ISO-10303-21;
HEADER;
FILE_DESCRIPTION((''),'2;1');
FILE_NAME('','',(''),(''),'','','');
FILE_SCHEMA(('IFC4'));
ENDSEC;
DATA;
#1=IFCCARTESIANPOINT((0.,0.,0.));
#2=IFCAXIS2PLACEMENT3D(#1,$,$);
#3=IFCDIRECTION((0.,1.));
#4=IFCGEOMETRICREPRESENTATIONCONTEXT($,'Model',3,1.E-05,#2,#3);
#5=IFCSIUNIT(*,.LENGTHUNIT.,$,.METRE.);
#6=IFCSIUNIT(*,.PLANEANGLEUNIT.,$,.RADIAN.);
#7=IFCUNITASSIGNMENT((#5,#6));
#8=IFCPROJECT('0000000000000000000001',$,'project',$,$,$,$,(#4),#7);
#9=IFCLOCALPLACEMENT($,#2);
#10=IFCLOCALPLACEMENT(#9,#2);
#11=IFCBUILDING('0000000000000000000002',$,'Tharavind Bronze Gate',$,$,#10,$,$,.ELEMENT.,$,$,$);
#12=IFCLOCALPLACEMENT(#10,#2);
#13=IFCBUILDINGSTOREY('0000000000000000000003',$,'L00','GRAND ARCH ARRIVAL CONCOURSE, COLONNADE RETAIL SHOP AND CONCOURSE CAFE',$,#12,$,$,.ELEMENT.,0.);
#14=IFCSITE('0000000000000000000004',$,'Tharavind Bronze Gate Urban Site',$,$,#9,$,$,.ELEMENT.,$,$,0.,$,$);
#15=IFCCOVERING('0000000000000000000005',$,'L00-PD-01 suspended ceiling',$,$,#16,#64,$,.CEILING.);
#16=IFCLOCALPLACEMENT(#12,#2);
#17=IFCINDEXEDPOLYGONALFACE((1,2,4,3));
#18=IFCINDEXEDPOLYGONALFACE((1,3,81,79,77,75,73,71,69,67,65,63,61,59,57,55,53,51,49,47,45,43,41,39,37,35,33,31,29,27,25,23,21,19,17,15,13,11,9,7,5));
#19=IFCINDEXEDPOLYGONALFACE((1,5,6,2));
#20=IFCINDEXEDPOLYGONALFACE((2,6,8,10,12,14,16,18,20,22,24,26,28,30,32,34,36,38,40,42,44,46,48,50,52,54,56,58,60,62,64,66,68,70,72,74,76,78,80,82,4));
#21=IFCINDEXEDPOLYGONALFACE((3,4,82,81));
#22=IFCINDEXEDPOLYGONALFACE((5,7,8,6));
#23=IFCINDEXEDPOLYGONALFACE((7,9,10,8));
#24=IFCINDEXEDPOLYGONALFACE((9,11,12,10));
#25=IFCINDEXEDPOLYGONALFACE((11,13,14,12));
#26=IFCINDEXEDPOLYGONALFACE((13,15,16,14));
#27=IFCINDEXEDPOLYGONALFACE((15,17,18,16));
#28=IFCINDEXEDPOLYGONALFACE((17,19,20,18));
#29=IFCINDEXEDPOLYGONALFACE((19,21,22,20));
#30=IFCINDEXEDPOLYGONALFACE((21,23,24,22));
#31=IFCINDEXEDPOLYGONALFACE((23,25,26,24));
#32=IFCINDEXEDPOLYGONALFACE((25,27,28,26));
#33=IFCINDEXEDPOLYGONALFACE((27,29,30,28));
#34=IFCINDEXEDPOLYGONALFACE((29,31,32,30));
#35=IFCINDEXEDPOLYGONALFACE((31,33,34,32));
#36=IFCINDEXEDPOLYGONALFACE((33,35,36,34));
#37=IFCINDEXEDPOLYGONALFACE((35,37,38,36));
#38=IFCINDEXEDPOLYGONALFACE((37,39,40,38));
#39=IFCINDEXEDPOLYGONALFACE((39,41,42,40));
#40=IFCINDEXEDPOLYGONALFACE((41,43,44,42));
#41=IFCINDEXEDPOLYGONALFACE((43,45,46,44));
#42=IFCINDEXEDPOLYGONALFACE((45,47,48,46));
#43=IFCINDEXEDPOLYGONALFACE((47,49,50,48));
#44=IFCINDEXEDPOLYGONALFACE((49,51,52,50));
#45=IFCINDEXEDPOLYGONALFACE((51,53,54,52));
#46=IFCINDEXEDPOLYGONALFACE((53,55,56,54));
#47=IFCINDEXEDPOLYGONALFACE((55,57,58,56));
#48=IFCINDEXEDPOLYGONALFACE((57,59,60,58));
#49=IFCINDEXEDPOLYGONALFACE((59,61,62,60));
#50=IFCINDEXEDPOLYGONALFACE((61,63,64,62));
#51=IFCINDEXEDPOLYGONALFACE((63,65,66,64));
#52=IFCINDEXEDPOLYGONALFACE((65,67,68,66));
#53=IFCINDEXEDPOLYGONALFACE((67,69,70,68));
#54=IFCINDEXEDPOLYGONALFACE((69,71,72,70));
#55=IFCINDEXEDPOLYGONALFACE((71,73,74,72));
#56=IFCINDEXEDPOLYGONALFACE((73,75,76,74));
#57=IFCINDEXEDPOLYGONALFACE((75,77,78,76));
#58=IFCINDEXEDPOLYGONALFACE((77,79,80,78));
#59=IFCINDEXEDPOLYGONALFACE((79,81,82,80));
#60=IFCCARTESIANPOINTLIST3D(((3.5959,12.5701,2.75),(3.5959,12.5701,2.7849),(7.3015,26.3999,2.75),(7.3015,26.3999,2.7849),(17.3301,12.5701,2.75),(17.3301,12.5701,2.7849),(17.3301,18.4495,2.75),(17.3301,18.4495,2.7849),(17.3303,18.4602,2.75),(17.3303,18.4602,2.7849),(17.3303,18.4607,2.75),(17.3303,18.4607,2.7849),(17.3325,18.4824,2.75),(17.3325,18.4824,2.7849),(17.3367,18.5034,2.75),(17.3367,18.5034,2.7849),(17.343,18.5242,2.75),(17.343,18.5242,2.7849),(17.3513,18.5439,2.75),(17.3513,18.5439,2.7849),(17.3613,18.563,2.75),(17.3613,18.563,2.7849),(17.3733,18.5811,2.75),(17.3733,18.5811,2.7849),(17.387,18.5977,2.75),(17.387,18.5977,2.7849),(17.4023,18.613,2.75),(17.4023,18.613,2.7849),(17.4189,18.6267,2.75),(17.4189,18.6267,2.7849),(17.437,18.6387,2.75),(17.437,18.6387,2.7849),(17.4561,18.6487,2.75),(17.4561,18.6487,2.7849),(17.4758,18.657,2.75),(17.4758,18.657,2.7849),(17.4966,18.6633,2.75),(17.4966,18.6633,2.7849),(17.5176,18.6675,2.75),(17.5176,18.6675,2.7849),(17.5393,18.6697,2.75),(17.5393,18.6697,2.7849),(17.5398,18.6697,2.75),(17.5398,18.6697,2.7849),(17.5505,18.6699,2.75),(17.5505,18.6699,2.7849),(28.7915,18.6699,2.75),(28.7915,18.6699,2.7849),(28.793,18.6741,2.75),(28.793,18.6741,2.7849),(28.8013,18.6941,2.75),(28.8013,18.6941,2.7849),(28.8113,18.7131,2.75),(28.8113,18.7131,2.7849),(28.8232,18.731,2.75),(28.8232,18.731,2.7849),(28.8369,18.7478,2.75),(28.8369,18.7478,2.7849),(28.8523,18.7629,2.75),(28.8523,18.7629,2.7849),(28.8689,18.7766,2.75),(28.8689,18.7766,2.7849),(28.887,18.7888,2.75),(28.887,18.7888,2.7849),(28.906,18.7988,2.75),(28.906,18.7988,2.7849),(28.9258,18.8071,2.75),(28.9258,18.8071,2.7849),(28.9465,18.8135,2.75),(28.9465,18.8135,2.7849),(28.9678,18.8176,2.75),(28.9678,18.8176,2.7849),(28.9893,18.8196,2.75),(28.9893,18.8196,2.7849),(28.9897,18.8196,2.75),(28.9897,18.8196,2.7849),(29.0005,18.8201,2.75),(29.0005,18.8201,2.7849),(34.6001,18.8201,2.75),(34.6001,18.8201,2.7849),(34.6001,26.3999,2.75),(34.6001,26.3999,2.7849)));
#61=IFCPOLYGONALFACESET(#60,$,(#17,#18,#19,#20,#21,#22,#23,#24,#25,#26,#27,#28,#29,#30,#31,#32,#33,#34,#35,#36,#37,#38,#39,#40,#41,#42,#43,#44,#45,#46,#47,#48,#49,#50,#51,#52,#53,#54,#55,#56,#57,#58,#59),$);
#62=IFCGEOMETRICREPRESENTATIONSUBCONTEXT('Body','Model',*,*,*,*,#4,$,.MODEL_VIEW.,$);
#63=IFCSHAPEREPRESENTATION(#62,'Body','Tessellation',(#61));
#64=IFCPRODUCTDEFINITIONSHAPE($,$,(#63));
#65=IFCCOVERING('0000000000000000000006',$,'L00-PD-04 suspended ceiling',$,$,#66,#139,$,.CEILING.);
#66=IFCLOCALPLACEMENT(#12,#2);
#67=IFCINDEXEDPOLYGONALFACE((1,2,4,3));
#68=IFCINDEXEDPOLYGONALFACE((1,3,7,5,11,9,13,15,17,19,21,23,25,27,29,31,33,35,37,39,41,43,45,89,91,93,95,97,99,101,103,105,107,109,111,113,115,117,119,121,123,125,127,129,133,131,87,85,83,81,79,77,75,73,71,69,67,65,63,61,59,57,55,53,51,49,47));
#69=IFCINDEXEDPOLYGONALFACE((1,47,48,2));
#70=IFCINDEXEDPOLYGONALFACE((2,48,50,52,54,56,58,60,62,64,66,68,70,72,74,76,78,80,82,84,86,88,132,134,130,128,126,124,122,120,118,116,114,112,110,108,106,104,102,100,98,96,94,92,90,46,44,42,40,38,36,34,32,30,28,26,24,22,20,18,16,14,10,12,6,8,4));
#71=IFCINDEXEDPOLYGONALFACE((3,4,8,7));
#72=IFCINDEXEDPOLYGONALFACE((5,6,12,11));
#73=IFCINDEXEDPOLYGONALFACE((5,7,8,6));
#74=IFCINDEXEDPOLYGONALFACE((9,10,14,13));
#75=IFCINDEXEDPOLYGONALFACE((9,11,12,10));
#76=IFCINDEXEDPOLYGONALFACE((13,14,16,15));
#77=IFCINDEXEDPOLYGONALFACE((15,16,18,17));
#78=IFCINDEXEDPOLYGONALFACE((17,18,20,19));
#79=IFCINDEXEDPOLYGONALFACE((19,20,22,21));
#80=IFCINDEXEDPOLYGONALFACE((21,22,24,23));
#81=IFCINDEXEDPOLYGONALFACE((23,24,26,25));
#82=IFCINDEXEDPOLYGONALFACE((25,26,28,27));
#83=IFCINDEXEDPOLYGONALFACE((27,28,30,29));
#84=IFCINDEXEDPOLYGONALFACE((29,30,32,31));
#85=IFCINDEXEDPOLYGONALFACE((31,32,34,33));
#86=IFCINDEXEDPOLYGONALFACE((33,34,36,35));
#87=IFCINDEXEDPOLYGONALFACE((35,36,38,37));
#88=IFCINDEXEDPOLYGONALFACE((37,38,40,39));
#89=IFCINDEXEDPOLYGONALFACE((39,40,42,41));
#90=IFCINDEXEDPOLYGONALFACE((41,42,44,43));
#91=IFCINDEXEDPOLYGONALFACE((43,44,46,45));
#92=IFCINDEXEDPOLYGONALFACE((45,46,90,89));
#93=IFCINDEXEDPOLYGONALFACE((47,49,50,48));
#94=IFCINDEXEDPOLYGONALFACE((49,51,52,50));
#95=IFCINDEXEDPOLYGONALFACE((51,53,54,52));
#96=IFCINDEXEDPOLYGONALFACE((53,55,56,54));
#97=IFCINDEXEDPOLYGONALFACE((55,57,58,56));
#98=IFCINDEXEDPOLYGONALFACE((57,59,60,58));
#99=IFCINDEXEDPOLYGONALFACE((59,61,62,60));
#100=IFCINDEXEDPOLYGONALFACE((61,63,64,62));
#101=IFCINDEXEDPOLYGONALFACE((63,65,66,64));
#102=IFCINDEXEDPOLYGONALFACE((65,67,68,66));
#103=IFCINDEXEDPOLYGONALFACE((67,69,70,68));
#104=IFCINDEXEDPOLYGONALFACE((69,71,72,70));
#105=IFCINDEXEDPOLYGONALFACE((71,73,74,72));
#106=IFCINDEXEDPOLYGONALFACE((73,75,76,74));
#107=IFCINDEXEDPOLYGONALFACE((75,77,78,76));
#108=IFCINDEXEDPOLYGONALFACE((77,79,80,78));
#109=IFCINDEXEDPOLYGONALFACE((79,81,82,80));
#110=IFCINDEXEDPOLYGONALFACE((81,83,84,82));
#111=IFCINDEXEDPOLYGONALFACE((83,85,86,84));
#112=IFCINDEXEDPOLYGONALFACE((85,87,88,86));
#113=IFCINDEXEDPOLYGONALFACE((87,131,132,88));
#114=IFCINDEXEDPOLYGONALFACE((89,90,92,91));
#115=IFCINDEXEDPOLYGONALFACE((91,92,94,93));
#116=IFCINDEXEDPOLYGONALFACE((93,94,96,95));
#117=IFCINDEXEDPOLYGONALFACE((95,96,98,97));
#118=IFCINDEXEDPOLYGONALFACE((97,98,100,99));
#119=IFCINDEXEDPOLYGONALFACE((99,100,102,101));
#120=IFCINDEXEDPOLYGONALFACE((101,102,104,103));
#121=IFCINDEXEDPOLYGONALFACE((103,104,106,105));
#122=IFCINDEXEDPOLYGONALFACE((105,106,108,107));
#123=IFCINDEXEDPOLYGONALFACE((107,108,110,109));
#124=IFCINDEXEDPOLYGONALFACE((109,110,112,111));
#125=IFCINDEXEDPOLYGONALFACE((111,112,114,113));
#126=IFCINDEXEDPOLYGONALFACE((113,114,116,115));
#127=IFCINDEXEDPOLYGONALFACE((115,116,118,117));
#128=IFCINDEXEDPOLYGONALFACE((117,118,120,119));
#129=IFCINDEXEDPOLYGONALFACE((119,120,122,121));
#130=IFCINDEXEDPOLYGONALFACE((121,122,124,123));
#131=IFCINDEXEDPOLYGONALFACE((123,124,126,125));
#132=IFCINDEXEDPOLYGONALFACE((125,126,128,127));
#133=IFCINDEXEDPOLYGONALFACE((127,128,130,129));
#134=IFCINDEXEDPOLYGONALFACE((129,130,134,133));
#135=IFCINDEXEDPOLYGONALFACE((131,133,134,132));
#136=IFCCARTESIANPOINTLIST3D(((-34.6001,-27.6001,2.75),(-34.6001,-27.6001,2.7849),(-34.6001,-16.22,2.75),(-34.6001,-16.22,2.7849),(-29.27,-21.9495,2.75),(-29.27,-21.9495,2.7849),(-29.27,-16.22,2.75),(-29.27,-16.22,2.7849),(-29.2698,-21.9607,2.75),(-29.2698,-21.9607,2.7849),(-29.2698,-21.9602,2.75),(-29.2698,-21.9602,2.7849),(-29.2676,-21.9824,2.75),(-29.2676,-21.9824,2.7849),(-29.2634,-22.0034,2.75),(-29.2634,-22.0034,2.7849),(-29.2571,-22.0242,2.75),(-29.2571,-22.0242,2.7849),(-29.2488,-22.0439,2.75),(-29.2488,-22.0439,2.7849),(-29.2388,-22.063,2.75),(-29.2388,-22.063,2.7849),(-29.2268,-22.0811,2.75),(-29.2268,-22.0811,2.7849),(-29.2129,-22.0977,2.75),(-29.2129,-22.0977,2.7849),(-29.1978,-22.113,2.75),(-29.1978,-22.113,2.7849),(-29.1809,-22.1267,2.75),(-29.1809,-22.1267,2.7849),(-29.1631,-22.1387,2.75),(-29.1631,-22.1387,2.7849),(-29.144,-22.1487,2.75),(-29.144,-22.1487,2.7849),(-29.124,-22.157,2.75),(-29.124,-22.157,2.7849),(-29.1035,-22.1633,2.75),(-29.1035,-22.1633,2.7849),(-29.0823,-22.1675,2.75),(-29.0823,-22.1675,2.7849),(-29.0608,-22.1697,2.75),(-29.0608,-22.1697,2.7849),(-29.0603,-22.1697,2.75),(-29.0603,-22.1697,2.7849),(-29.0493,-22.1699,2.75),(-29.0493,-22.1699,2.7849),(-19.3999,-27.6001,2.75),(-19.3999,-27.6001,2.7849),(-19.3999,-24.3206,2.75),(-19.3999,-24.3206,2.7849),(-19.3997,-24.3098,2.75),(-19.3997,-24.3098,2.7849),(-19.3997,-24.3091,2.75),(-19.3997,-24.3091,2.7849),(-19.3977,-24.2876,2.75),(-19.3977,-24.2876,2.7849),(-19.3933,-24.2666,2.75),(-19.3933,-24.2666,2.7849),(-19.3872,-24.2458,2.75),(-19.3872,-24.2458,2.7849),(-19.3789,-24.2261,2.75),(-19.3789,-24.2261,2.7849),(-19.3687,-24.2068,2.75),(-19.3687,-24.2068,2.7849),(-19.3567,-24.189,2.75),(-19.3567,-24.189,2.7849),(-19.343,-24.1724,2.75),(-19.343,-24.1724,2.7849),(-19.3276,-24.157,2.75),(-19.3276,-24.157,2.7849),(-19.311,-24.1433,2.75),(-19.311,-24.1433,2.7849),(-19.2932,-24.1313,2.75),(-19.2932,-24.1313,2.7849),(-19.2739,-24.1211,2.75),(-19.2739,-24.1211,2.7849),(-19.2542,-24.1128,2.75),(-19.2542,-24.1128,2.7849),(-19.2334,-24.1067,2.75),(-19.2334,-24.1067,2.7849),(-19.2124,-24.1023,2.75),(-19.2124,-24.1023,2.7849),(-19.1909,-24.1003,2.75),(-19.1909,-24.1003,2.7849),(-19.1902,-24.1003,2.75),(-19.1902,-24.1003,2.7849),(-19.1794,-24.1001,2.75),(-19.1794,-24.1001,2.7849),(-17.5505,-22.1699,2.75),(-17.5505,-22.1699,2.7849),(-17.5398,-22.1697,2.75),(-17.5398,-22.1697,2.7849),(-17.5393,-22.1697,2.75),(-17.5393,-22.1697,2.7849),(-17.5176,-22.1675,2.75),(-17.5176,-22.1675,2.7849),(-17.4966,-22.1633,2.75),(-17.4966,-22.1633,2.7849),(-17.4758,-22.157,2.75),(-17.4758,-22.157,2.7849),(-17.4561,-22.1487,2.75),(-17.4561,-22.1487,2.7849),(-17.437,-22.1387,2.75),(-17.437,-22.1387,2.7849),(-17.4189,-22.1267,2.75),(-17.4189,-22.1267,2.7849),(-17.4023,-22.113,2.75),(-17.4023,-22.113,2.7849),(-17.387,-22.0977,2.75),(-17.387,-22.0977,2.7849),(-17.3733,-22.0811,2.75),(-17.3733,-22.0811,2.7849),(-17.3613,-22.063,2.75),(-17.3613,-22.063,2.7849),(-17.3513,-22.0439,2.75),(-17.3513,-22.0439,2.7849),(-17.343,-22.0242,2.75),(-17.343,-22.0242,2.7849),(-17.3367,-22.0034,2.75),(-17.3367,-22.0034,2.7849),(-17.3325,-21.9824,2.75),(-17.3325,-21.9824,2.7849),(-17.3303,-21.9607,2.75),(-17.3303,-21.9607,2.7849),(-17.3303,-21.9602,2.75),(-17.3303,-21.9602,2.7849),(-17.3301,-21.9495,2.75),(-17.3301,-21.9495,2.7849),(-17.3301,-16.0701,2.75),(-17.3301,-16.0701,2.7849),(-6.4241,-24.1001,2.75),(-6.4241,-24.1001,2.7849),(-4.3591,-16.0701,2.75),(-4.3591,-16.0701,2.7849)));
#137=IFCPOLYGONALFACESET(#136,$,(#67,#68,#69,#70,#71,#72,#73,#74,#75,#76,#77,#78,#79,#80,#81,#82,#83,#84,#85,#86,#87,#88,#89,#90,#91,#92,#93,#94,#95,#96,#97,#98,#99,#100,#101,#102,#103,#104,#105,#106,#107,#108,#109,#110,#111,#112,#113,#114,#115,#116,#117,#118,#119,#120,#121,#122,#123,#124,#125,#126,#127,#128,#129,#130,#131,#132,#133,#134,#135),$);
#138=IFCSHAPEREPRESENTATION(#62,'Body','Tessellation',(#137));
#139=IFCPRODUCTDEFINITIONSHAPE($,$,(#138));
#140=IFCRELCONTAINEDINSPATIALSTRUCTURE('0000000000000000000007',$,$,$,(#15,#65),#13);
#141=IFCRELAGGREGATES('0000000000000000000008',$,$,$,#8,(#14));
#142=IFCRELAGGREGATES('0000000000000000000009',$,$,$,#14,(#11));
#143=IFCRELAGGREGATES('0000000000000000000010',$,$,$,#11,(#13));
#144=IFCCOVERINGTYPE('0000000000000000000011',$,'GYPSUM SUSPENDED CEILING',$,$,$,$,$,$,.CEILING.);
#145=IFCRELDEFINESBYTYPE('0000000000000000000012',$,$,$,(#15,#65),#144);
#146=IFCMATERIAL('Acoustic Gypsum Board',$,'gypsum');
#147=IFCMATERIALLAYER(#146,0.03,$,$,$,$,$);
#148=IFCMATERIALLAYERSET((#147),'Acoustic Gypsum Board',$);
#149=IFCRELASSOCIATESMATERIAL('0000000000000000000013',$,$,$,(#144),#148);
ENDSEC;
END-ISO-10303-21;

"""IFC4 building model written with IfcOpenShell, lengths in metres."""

from ifc_helpers import new_model, si_unit, direction, frame, origin, place, context, subcontext, project, spatial, polyline, outline, extrude, material, layer, layer_set, type_object, element, save


model = new_model("IFC4")

# Units and contexts
model_context = context("Model", 3, precision=1e-05, world=origin(), true_north=direction((0.0, 1.0)))
body_context = subcontext(model_context, "Body", "Model", "MODEL_VIEW")
ifc_project = project(units=[si_unit("LENGTHUNIT", "METRE"), si_unit("PLANEANGLEUNIT", "RADIAN")], contexts=[model_context])

# Site, building, storey
site_placement = place(None, origin())
site = spatial("IfcSite", under=ifc_project, at=site_placement, Name="Tharavind Bronze Gate Urban Site", CompositionType="ELEMENT", RefElevation=0.0)
building_placement = place(site_placement, origin())
building = spatial("IfcBuilding", under=site, at=building_placement, Name="Tharavind Bronze Gate", CompositionType="ELEMENT")
storey_placement = place(building_placement, origin())
storey = spatial("IfcBuildingStorey", under=building, at=storey_placement, Name="L00", Description="GRAND ARCH ARRIVAL CONCOURSE, COLONNADE RETAIL SHOP AND CONCOURSE CAFE", CompositionType="ELEMENT", Elevation=0.0)

# Coverings
ifc_material_1 = material(Name="Acoustic Gypsum Board", Category="gypsum")
ifc_layer_1 = layer(ifc_material_1, 0.03)
ifc_layer_set_1 = layer_set([ifc_layer_1], Name="Acoustic Gypsum Board")
covering_type_1 = type_object("IfcCoveringType", Name="GYPSUM SUSPENDED CEILING", PredefinedType="CEILING", material=ifc_layer_set_1)
covering_1_placement = place(storey_placement, frame((0.0, 0.0, 2.75)))
element("IfcCovering", 1, at=covering_1_placement, inside=storey, type_object=covering_type_1, Name="L00-PD-01 suspended ceiling", PredefinedType="CEILING", context=body_context, shape_type="SweptSolid", body=[
    extrude(outline(polyline([(17.3301, 12.5701), (17.3301, 18.4495), (17.3303, 18.4602), (17.3303, 18.4607), (17.3325, 18.4824), (17.3367, 18.5034), (17.343, 18.5242), (17.3513, 18.5439), (17.3613, 18.563), (17.3733, 18.5811), (17.387, 18.5977), (17.4023, 18.613), (17.4189, 18.6267), (17.437, 18.6387), (17.4561, 18.6487), (17.4758, 18.657), (17.4966, 18.6633), (17.5176, 18.6675), (17.5393, 18.6697), (17.5398, 18.6697), (17.5505, 18.6699), (28.7915, 18.6699), (28.793, 18.6741), (28.8013, 18.6941), (28.8113, 18.7131), (28.8232, 18.731), (28.8369, 18.7478), (28.8523, 18.7629), (28.8689, 18.7766), (28.887, 18.7888), (28.906, 18.7988), (28.9258, 18.8071), (28.9465, 18.8135), (28.9678, 18.8176), (28.9893, 18.8196), (28.9897, 18.8196), (29.0005, 18.8201), (34.6001, 18.8201), (34.6001, 26.3999), (7.3015, 26.3999), (3.5959, 12.5701), (17.3301, 12.5701)])), origin(), (0.0, 0.0, 1.0), 0.0349),
])
covering_2_placement = place(storey_placement, frame((0.0, 0.0, 2.75)))
element("IfcCovering", 2, at=covering_2_placement, inside=storey, type_object=covering_type_1, Name="L00-PD-04 suspended ceiling", PredefinedType="CEILING", context=body_context, shape_type="SweptSolid", body=[
    extrude(outline(polyline([(-19.3999, -27.6001), (-19.3999, -24.3206), (-19.3997, -24.3098), (-19.3997, -24.3091), (-19.3977, -24.2876), (-19.3933, -24.2666), (-19.3872, -24.2458), (-19.3789, -24.2261), (-19.3687, -24.2068), (-19.3567, -24.189), (-19.343, -24.1724), (-19.3276, -24.157), (-19.311, -24.1433), (-19.2932, -24.1313), (-19.2739, -24.1211), (-19.2542, -24.1128), (-19.2334, -24.1067), (-19.2124, -24.1023), (-19.1909, -24.1003), (-19.1902, -24.1003), (-19.1794, -24.1001), (-6.4241, -24.1001), (-4.3591, -16.0701), (-17.3301, -16.0701), (-17.3301, -21.9495), (-17.3303, -21.9602), (-17.3303, -21.9607), (-17.3325, -21.9824), (-17.3367, -22.0034), (-17.343, -22.0242), (-17.3513, -22.0439), (-17.3613, -22.063), (-17.3733, -22.0811), (-17.387, -22.0977), (-17.4023, -22.113), (-17.4189, -22.1267), (-17.437, -22.1387), (-17.4561, -22.1487), (-17.4758, -22.157), (-17.4966, -22.1633), (-17.5176, -22.1675), (-17.5393, -22.1697), (-17.5398, -22.1697), (-17.5505, -22.1699), (-29.0493, -22.1699), (-29.0603, -22.1697), (-29.0608, -22.1697), (-29.0823, -22.1675), (-29.1035, -22.1633), (-29.124, -22.157), (-29.144, -22.1487), (-29.1631, -22.1387), (-29.1809, -22.1267), (-29.1978, -22.113), (-29.2129, -22.0977), (-29.2268, -22.0811), (-29.2388, -22.063), (-29.2488, -22.0439), (-29.2571, -22.0242), (-29.2634, -22.0034), (-29.2676, -21.9824), (-29.2698, -21.9607), (-29.2698, -21.9602), (-29.27, -21.9495), (-29.27, -16.22), (-34.6001, -16.22), (-34.6001, -27.6001), (-19.3999, -27.6001)])), origin(), (0.0, 0.0, 1.0), 0.0349),
])

save(model, "model.ifc")
